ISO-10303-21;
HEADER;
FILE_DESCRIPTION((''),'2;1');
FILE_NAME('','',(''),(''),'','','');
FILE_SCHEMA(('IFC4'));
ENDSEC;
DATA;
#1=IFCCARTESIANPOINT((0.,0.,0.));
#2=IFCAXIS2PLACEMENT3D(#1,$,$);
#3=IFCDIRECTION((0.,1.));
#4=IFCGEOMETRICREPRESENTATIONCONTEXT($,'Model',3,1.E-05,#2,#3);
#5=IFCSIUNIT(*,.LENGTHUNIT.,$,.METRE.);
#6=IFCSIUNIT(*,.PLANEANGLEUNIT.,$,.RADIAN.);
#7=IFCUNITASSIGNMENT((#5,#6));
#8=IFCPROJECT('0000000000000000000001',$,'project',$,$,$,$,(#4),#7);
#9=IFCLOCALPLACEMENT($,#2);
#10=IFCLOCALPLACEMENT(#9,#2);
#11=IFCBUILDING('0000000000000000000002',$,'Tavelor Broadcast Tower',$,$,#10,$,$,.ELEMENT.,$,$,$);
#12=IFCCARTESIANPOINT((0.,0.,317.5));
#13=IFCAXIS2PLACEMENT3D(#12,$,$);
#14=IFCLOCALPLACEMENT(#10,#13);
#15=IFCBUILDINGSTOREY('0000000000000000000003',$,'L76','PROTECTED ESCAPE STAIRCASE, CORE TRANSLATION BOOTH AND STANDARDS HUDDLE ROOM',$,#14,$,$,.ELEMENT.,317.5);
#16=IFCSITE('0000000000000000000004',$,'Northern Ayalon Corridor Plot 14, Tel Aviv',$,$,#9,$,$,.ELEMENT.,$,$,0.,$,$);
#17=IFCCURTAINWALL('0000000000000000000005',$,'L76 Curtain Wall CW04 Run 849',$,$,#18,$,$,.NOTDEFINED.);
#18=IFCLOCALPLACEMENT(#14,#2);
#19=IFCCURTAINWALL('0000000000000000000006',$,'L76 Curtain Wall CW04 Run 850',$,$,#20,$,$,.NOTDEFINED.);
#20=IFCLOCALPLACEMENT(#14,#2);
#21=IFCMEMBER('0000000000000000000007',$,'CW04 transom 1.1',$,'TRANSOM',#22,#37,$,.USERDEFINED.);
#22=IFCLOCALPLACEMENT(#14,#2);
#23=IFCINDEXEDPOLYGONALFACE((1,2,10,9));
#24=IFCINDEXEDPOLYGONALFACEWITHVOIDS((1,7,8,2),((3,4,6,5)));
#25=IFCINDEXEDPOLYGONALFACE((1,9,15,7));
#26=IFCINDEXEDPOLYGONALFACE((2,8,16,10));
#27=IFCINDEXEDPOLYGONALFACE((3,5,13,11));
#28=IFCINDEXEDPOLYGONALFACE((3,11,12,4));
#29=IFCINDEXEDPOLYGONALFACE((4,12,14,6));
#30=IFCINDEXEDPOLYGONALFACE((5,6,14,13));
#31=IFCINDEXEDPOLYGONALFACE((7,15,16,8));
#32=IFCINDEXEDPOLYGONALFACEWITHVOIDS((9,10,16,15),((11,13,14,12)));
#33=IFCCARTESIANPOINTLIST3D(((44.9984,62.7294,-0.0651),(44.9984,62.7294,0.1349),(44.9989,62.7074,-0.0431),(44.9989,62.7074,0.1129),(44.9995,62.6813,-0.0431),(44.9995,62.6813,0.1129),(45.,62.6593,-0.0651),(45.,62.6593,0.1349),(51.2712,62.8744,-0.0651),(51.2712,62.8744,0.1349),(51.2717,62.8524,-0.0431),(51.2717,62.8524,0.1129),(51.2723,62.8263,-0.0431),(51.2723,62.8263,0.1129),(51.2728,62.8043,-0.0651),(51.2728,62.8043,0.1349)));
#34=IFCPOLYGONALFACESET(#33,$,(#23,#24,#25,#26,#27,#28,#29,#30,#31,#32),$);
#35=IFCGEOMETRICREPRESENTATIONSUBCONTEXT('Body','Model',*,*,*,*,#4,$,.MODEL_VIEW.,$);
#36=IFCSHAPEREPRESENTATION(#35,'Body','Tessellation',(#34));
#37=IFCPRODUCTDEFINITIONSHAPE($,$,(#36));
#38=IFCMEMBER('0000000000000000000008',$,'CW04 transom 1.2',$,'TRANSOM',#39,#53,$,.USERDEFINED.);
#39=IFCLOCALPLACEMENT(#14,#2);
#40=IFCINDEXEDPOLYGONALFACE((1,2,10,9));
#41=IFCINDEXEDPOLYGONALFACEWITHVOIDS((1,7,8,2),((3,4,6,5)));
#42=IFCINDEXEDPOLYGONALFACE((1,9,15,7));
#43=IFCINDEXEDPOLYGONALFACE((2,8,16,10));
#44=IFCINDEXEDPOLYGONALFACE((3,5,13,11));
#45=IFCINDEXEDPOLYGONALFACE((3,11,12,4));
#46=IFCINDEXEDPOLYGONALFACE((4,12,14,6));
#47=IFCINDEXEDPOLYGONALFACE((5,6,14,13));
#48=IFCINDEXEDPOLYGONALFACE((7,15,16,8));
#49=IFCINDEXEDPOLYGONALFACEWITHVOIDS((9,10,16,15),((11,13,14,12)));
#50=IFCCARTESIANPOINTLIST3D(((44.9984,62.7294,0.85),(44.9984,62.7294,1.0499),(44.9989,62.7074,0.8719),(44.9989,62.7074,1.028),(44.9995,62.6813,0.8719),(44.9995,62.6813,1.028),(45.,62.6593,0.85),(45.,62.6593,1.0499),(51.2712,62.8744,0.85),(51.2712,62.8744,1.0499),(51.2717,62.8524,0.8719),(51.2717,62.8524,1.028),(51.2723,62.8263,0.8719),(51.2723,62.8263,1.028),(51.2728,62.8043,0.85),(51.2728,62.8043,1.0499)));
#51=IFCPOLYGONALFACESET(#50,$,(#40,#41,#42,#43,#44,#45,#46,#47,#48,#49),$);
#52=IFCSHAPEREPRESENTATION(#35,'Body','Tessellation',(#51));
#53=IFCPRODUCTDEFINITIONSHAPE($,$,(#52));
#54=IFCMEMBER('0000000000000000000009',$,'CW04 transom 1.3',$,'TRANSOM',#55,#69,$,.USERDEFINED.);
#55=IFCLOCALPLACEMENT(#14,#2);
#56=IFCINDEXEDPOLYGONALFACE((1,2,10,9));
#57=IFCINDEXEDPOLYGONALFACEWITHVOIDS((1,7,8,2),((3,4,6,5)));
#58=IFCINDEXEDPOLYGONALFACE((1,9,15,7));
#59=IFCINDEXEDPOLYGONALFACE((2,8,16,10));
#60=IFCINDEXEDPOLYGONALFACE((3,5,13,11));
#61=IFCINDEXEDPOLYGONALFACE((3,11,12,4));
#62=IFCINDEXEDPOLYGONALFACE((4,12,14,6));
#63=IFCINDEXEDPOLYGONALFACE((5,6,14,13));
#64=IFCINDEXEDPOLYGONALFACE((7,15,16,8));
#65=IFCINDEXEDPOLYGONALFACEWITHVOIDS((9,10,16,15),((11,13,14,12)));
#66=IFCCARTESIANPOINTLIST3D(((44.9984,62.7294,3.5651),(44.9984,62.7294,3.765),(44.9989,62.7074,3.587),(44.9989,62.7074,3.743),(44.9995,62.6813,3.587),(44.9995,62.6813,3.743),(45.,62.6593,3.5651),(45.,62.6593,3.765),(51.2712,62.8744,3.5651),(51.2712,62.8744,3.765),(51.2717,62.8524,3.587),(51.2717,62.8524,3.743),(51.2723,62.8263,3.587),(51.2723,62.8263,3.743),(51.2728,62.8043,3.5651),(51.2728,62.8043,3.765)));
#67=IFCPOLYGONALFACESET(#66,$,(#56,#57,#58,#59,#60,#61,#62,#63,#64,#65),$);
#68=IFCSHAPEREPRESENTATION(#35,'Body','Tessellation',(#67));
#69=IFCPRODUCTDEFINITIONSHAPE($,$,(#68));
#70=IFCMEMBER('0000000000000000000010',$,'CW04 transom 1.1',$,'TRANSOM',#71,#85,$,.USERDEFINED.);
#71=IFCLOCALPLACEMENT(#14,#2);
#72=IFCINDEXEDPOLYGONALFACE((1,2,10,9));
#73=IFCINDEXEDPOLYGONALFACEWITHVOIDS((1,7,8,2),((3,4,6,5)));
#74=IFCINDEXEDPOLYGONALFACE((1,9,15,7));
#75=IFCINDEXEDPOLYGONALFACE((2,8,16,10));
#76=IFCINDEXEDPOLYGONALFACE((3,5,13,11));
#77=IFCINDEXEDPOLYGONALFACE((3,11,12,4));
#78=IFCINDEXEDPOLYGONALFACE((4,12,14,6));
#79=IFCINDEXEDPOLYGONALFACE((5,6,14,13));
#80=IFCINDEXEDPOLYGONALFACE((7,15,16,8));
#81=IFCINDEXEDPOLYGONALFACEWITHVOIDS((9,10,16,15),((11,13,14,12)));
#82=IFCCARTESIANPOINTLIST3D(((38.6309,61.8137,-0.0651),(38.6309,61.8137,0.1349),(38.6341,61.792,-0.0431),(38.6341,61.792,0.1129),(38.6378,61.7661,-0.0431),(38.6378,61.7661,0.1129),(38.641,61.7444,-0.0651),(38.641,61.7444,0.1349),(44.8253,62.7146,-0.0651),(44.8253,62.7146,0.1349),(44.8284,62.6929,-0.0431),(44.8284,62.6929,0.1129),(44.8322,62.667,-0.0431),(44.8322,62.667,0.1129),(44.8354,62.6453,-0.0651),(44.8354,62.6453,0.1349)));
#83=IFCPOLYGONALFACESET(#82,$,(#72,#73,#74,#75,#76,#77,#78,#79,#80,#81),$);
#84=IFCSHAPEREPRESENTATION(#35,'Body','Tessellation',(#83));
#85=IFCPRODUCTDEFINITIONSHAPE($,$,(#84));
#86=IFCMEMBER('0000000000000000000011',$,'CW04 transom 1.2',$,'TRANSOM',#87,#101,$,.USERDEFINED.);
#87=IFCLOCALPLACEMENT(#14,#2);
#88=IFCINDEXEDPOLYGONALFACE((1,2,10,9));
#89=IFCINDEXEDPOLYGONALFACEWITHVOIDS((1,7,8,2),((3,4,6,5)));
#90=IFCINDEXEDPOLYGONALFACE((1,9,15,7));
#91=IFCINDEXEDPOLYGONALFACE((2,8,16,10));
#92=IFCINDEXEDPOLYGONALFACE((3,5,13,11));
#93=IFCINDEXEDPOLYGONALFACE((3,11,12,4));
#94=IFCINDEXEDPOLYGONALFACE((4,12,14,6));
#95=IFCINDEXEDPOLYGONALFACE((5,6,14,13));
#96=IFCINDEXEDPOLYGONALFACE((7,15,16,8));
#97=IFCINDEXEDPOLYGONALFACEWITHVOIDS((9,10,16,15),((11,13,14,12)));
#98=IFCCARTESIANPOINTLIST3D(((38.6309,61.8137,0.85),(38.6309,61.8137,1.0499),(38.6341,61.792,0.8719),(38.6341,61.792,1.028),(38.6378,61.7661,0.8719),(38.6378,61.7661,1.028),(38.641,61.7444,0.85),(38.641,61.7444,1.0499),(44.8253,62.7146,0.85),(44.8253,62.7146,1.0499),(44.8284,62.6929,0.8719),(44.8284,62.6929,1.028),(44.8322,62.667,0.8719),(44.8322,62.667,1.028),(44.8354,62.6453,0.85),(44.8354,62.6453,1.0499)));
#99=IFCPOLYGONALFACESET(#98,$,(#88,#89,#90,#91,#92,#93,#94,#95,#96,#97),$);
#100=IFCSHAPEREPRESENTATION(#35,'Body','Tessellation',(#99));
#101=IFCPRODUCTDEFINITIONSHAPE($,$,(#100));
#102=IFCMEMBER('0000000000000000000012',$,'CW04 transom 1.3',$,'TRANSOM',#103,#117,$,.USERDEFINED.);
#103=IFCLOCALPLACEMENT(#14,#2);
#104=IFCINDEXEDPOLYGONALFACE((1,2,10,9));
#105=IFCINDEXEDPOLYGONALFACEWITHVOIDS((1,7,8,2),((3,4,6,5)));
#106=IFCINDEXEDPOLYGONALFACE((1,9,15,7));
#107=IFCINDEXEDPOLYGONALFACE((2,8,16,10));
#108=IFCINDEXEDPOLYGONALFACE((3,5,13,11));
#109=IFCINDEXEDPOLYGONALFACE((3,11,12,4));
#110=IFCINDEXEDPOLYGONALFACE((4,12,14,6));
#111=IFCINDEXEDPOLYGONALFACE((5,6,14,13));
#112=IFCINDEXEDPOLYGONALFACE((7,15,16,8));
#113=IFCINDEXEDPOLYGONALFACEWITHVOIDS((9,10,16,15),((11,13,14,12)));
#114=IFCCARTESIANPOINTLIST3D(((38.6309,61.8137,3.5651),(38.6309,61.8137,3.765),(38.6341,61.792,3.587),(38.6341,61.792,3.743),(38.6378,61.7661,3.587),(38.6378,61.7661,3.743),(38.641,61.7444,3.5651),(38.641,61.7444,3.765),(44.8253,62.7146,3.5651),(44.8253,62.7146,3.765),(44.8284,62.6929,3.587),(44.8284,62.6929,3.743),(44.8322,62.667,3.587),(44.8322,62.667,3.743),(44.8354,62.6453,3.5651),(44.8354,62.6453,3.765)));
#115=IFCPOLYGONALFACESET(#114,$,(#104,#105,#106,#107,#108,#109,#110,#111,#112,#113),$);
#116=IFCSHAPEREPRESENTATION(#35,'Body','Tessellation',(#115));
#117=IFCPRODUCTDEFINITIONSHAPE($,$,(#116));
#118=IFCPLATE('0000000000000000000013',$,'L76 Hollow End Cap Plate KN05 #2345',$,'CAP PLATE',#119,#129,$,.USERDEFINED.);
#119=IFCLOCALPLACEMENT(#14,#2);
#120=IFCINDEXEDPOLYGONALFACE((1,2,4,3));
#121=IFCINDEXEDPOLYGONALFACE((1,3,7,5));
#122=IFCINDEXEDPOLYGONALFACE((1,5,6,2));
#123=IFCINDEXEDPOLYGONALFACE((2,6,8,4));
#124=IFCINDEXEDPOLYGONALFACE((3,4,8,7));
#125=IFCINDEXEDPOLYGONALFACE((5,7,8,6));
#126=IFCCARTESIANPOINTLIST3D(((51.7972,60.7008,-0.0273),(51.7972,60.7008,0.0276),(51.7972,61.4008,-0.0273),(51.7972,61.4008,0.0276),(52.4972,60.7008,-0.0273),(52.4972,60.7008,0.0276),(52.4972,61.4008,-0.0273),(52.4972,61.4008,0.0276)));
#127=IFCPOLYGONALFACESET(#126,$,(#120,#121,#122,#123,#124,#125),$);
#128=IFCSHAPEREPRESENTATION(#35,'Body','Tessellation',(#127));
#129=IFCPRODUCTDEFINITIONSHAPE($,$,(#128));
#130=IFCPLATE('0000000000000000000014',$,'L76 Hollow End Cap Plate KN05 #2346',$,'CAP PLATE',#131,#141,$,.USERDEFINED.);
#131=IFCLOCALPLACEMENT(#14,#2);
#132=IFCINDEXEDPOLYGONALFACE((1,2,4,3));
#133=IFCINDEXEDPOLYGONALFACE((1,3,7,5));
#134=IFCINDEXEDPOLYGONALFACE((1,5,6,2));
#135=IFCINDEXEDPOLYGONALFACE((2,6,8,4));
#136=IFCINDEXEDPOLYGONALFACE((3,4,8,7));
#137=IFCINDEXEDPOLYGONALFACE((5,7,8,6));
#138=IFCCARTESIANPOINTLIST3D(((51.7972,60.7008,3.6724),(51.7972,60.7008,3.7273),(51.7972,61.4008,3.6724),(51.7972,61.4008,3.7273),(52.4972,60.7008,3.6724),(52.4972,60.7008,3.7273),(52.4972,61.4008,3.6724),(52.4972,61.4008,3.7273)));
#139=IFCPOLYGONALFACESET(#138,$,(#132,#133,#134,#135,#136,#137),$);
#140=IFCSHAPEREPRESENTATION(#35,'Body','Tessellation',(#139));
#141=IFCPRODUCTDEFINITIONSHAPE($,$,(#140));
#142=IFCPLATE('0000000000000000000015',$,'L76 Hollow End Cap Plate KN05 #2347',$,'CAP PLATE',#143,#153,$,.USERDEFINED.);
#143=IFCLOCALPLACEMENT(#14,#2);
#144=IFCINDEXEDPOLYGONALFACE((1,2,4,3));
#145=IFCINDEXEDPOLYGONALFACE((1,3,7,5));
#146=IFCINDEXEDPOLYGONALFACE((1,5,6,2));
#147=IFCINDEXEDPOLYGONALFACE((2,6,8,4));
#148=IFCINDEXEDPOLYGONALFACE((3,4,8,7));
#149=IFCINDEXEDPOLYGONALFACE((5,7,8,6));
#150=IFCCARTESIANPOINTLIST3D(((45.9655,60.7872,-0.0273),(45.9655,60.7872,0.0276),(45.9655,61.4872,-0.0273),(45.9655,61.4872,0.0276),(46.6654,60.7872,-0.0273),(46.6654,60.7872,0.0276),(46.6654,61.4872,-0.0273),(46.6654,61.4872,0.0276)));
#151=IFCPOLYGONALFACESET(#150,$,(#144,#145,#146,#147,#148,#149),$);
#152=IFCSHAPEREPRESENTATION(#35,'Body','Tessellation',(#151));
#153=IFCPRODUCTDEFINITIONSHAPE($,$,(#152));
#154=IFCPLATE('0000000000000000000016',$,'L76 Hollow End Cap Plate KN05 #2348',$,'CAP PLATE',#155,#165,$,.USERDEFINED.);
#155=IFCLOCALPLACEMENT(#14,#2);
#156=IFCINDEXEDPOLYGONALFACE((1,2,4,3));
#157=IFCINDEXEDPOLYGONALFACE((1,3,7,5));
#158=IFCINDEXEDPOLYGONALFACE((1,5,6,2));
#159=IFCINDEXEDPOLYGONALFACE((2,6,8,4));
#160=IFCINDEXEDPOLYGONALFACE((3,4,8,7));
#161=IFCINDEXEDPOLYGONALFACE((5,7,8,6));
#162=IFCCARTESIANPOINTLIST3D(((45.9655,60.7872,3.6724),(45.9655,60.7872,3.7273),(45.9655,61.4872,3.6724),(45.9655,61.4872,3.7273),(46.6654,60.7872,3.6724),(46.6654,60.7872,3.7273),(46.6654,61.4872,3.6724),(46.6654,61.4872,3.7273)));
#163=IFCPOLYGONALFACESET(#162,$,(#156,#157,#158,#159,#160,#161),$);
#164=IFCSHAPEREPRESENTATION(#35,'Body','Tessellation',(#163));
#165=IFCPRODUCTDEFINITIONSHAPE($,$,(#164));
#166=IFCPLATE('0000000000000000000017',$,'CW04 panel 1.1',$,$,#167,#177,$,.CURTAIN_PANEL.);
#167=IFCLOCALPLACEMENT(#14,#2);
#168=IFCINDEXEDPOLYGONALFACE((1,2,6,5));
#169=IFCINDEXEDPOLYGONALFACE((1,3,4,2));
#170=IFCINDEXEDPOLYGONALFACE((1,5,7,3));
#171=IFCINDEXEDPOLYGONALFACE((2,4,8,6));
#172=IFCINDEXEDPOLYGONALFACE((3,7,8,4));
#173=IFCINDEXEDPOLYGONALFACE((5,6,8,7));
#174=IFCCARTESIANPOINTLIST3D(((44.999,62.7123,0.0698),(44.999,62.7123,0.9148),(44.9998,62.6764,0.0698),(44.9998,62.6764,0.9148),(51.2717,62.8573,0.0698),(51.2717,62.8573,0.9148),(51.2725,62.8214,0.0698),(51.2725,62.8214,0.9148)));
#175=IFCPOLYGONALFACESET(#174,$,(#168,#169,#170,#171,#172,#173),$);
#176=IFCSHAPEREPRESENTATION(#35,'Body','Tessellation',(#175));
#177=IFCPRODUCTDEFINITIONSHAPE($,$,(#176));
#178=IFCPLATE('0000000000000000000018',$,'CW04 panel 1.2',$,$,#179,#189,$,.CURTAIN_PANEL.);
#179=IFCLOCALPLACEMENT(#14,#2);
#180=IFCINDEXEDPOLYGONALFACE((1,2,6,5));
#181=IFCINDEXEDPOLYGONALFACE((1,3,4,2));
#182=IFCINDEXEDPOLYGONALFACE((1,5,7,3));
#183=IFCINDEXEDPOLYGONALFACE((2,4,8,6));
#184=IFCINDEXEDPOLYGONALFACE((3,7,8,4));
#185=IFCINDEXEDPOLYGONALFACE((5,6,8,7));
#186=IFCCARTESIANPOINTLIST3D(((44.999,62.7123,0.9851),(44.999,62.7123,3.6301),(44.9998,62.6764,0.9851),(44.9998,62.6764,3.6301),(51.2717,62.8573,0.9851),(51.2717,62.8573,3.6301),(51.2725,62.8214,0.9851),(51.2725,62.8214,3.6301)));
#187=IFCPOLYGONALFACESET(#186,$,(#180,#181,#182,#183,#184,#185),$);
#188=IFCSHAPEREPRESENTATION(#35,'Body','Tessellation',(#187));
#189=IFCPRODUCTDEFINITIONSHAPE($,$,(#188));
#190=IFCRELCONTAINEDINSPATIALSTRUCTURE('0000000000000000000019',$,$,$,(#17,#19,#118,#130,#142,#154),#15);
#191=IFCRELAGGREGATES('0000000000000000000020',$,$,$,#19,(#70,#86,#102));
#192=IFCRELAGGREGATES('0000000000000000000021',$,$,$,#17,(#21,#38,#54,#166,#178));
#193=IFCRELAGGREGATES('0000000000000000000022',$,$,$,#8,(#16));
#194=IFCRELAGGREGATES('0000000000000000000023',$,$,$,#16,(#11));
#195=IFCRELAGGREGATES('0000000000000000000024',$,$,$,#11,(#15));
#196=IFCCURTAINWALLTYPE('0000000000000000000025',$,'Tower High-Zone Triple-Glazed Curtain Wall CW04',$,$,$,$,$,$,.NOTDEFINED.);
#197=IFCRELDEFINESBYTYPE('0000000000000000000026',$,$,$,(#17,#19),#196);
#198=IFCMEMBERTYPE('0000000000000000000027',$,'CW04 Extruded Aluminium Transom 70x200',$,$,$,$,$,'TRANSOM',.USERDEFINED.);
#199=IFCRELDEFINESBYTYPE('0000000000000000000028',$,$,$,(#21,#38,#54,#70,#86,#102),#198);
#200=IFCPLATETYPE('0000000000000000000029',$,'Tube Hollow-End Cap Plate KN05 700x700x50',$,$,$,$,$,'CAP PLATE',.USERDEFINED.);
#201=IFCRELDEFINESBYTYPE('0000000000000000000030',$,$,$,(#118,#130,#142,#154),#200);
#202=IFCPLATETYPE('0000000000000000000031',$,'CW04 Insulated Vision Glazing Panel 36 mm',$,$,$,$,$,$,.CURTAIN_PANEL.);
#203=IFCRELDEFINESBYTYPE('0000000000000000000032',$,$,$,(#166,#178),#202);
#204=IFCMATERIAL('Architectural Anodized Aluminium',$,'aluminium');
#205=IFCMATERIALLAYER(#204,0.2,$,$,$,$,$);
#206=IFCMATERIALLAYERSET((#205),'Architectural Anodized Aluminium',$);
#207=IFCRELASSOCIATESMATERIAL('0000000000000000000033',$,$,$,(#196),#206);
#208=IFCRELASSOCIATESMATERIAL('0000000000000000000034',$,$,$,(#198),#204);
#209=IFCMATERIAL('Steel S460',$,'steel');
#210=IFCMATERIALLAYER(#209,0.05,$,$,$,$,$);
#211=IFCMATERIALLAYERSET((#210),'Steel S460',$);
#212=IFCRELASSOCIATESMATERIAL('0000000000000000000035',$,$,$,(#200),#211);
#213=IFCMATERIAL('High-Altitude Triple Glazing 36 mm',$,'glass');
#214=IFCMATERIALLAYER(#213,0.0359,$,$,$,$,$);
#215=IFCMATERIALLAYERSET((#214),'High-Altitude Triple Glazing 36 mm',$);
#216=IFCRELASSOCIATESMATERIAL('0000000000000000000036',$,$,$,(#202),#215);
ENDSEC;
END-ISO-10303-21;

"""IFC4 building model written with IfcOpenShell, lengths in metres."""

from ifc_helpers import new_model, si_unit, direction, frame, origin, origin_2d, place, context, subcontext, project, spatial, rectangle, hollow_rectangle, extrude, source, transform, mapped, material, layer, layer_set, material_profile, profile_set, type_object, type_shapes, element, aggregate, save


model = new_model("IFC4")

# Units and contexts
model_context = context("Model", 3, precision=1e-05, world=origin(), true_north=direction((0.0, 1.0)))
body_context = subcontext(model_context, "Body", "Model", "MODEL_VIEW")
ifc_project = project(units=[si_unit("LENGTHUNIT", "METRE"), si_unit("PLANEANGLEUNIT", "RADIAN")], contexts=[model_context])

# Site, building, storey
site_placement = place(None, origin())
site = spatial("IfcSite", under=ifc_project, at=site_placement, Name="Northern Ayalon Corridor Plot 14, Tel Aviv", CompositionType="ELEMENT", RefElevation=0.0)
building_placement = place(site_placement, origin())
building = spatial("IfcBuilding", under=site, at=building_placement, Name="Tavelor Broadcast Tower", CompositionType="ELEMENT")
storey_placement = place(building_placement, frame((0.0, 0.0, 317.5)))
storey = spatial("IfcBuildingStorey", under=building, at=storey_placement, Name="L76", Description="PROTECTED ESCAPE STAIRCASE, CORE TRANSLATION BOOTH AND STANDARDS HUDDLE ROOM", CompositionType="ELEMENT", Elevation=317.5)

# Shared definitions
ifc_material_1 = material(Name="Steel S460", Category="steel")

# Curtain wall
ifc_material_2 = material(Name="Architectural Anodized Aluminium", Category="aluminium")
ifc_layer_1 = layer(ifc_material_2, 0.2)
ifc_layer_set_1 = layer_set([ifc_layer_1], Name="Architectural Anodized Aluminium")
curtain_wall_type = type_object("IfcCurtainWallType", Name="Tower High-Zone Triple-Glazed Curtain Wall CW04", PredefinedType="NOTDEFINED", material=ifc_layer_set_1)
curtain_wall_1_placement = place(storey_placement, origin())
curtain_wall_1 = element("IfcCurtainWall", 1, at=curtain_wall_1_placement, inside=storey, type_object=curtain_wall_type, Name="L76 Curtain Wall CW04 Run 849", PredefinedType="NOTDEFINED")

# Curtain wall
curtain_wall_2_placement = place(storey_placement, origin())
curtain_wall_2 = element("IfcCurtainWall", 2, at=curtain_wall_2_placement, inside=storey, type_object=curtain_wall_type, Name="L76 Curtain Wall CW04 Run 850", PredefinedType="NOTDEFINED")

# Members
ifc_material_profile_1 = material_profile(ifc_material_2, hollow_rectangle(XDim=0.0701, YDim=0.2, WallThickness=0.022, at=origin_2d()), Name="RHS 70x200x22")
ifc_profile_set_1 = profile_set([ifc_material_profile_1], Name="Architectural Anodized Aluminium")
member_type_1 = type_object("IfcMemberType", Name="CW04 Extruded Aluminium Transom 70x200", ElementType="TRANSOM", PredefinedType="USERDEFINED", material=ifc_profile_set_1)
shared_shape_1 = source(origin(), body_context, "Body", "SweptSolid", [
    extrude(hollow_rectangle(XDim=0.0701, YDim=0.2, WallThickness=0.022, at=origin_2d()), origin(), (0.0, 0.0, 1.0), 6.2744),
])
member_1_placement = place(storey_placement, frame((51.272, 62.8394, 0.0349), z_axis=(-0.999733, -0.023113, 0.0), x_axis=(0.023113, -0.999733, 0.0)))
member_1 = element("IfcMember", 3, at=member_1_placement, type_object=member_type_1, Name="CW04 transom 1.1", ObjectType="TRANSOM", PredefinedType="USERDEFINED", context=body_context, shape_type="MappedRepresentation", body=[
    mapped(shared_shape_1, transform((0.0, 0.0, 0.0), scale=1.0)),
])
member_2_placement = place(storey_placement, frame((51.272, 62.8394, 0.95), z_axis=(-0.999733, -0.023113, 0.0), x_axis=(0.023113, -0.999733, 0.0)))
member_2 = element("IfcMember", 4, at=member_2_placement, type_object=member_type_1, Name="CW04 transom 1.2", ObjectType="TRANSOM", PredefinedType="USERDEFINED", context=body_context, shape_type="MappedRepresentation", body=[
    mapped(shared_shape_1, transform((0.0, 0.0, 0.0), scale=1.0)),
])
member_3_placement = place(storey_placement, frame((51.272, 62.8394, 3.665), z_axis=(-0.999733, -0.023113, 0.0), x_axis=(0.023113, -0.999733, 0.0)))
member_3 = element("IfcMember", 5, at=member_3_placement, type_object=member_type_1, Name="CW04 transom 1.3", ObjectType="TRANSOM", PredefinedType="USERDEFINED", context=body_context, shape_type="MappedRepresentation", body=[
    mapped(shared_shape_1, transform((0.0, 0.0, 0.0), scale=1.0)),
])
shared_shape_2 = source(origin(), body_context, "Body", "SweptSolid", [
    extrude(hollow_rectangle(XDim=0.0701, YDim=0.2, WallThickness=0.022, at=origin_2d()), origin(), (0.0, 0.0, 1.0), 6.2595),
])
type_shapes(member_type_1, [shared_shape_1, shared_shape_2])
member_4_placement = place(storey_placement, frame((44.8303, 62.6799, 0.0349), z_axis=(-0.989589, -0.143922, 0.0), x_axis=(0.143922, -0.989589, 0.0)))
member_4 = element("IfcMember", 6, at=member_4_placement, type_object=member_type_1, Name="CW04 transom 1.1", ObjectType="TRANSOM", PredefinedType="USERDEFINED", context=body_context, shape_type="MappedRepresentation", body=[
    mapped(shared_shape_2, transform((0.0, 0.0, 0.0), scale=1.0)),
])
member_5_placement = place(storey_placement, frame((44.8303, 62.6799, 0.95), z_axis=(-0.989589, -0.143922, 0.0), x_axis=(0.143922, -0.989589, 0.0)))
member_5 = element("IfcMember", 7, at=member_5_placement, type_object=member_type_1, Name="CW04 transom 1.2", ObjectType="TRANSOM", PredefinedType="USERDEFINED", context=body_context, shape_type="MappedRepresentation", body=[
    mapped(shared_shape_2, transform((0.0, 0.0, 0.0), scale=1.0)),
])
member_6_placement = place(storey_placement, frame((44.8303, 62.6799, 3.665), z_axis=(-0.989589, -0.143922, 0.0), x_axis=(0.143922, -0.989589, 0.0)))
member_6 = element("IfcMember", 8, at=member_6_placement, type_object=member_type_1, Name="CW04 transom 1.3", ObjectType="TRANSOM", PredefinedType="USERDEFINED", context=body_context, shape_type="MappedRepresentation", body=[
    mapped(shared_shape_2, transform((0.0, 0.0, 0.0), scale=1.0)),
])
aggregate(curtain_wall_2, [member_4, member_5, member_6])

# Plates
ifc_layer_2 = layer(ifc_material_1, 0.05)
ifc_layer_set_2 = layer_set([ifc_layer_2], Name="Steel S460")
plate_type_1 = type_object("IfcPlateType", Name="Tube Hollow-End Cap Plate KN05 700x700x50", ElementType="CAP PLATE", PredefinedType="USERDEFINED", material=ifc_layer_set_2)
shared_shape_3 = source(origin(), body_context, "Body", "SweptSolid", [
    extrude(rectangle(XDim=0.7, YDim=0.7, at=origin_2d()), origin(), (0.0, 0.0, 1.0), 0.0549),
])
type_shapes(plate_type_1, [shared_shape_3])
for number, where, z_axis, x_axis, name in (
    (9, (52.1472, 61.0508, -0.0273), (0.0, 0.0, 1.0), (1.0, 0.0, 0.0), "L76 Hollow End Cap Plate KN05 #2345"),
    (10, (52.1472, 61.0508, 3.6724), (0.0, 0.0, 1.0), (1.0, 0.0, 0.0), "L76 Hollow End Cap Plate KN05 #2346"),
    (11, (46.3154, 61.1372, -0.0273), (0.0, 0.0, 1.0), (1.0, 0.0, 0.0), "L76 Hollow End Cap Plate KN05 #2347"),
    (12, (46.3154, 61.1372, 3.6724), (0.0, 0.0, 1.0), (1.0, 0.0, 0.0), "L76 Hollow End Cap Plate KN05 #2348"),
):
    element("IfcPlate", number, at=place(storey_placement, frame(where, z_axis=z_axis, x_axis=x_axis)), inside=storey, type_object=plate_type_1, Name=name, ObjectType="CAP PLATE", PredefinedType="USERDEFINED", context=body_context, shape_type="MappedRepresentation", body=[
        mapped(shared_shape_3, transform((0.0, 0.0, 0.0), scale=1.0)),
    ])

# Plates
ifc_material_3 = material(Name="High-Altitude Triple Glazing 36 mm", Category="glass")
ifc_layer_3 = layer(ifc_material_3, 0.0359)
ifc_layer_set_3 = layer_set([ifc_layer_3], Name="High-Altitude Triple Glazing 36 mm")
plate_type_2 = type_object("IfcPlateType", Name="CW04 Insulated Vision Glazing Panel 36 mm", PredefinedType="CURTAIN_PANEL", material=ifc_layer_set_3)
shared_shape_4 = source(origin(), body_context, "Body", "SweptSolid", [
    extrude(rectangle(XDim=6.2744, YDim=0.0359, at=origin_2d()), origin(), (0.0, 0.0, 1.0), 0.845),
])
plate_1_placement = place(storey_placement, frame((48.1357, 62.7668, 0.0698), z_axis=(0.0, 0.0, 1.0), x_axis=(-0.999733, -0.02312, 0.0)))
plate_1 = element("IfcPlate", 13, at=plate_1_placement, type_object=plate_type_2, Name="CW04 panel 1.1", PredefinedType="CURTAIN_PANEL", context=body_context, shape_type="MappedRepresentation", body=[
    mapped(shared_shape_4, transform((0.0, 0.0, 0.0), scale=1.0)),
])
shared_shape_5 = source(origin(), body_context, "Body", "SweptSolid", [
    extrude(rectangle(XDim=6.2744, YDim=0.0359, at=origin_2d()), origin(), (0.0, 0.0, 1.0), 2.645),
])
type_shapes(plate_type_2, [shared_shape_4, shared_shape_5])
plate_2_placement = place(storey_placement, frame((48.1357, 62.7668, 0.9851), z_axis=(0.0, 0.0, 1.0), x_axis=(-0.999733, -0.02312, 0.0)))
plate_2 = element("IfcPlate", 14, at=plate_2_placement, type_object=plate_type_2, Name="CW04 panel 1.2", PredefinedType="CURTAIN_PANEL", context=body_context, shape_type="MappedRepresentation", body=[
    mapped(shared_shape_5, transform((0.0, 0.0, 0.0), scale=1.0)),
])
aggregate(curtain_wall_1, [member_1, member_2, member_3, plate_1, plate_2])

save(model, "model.ifc")
